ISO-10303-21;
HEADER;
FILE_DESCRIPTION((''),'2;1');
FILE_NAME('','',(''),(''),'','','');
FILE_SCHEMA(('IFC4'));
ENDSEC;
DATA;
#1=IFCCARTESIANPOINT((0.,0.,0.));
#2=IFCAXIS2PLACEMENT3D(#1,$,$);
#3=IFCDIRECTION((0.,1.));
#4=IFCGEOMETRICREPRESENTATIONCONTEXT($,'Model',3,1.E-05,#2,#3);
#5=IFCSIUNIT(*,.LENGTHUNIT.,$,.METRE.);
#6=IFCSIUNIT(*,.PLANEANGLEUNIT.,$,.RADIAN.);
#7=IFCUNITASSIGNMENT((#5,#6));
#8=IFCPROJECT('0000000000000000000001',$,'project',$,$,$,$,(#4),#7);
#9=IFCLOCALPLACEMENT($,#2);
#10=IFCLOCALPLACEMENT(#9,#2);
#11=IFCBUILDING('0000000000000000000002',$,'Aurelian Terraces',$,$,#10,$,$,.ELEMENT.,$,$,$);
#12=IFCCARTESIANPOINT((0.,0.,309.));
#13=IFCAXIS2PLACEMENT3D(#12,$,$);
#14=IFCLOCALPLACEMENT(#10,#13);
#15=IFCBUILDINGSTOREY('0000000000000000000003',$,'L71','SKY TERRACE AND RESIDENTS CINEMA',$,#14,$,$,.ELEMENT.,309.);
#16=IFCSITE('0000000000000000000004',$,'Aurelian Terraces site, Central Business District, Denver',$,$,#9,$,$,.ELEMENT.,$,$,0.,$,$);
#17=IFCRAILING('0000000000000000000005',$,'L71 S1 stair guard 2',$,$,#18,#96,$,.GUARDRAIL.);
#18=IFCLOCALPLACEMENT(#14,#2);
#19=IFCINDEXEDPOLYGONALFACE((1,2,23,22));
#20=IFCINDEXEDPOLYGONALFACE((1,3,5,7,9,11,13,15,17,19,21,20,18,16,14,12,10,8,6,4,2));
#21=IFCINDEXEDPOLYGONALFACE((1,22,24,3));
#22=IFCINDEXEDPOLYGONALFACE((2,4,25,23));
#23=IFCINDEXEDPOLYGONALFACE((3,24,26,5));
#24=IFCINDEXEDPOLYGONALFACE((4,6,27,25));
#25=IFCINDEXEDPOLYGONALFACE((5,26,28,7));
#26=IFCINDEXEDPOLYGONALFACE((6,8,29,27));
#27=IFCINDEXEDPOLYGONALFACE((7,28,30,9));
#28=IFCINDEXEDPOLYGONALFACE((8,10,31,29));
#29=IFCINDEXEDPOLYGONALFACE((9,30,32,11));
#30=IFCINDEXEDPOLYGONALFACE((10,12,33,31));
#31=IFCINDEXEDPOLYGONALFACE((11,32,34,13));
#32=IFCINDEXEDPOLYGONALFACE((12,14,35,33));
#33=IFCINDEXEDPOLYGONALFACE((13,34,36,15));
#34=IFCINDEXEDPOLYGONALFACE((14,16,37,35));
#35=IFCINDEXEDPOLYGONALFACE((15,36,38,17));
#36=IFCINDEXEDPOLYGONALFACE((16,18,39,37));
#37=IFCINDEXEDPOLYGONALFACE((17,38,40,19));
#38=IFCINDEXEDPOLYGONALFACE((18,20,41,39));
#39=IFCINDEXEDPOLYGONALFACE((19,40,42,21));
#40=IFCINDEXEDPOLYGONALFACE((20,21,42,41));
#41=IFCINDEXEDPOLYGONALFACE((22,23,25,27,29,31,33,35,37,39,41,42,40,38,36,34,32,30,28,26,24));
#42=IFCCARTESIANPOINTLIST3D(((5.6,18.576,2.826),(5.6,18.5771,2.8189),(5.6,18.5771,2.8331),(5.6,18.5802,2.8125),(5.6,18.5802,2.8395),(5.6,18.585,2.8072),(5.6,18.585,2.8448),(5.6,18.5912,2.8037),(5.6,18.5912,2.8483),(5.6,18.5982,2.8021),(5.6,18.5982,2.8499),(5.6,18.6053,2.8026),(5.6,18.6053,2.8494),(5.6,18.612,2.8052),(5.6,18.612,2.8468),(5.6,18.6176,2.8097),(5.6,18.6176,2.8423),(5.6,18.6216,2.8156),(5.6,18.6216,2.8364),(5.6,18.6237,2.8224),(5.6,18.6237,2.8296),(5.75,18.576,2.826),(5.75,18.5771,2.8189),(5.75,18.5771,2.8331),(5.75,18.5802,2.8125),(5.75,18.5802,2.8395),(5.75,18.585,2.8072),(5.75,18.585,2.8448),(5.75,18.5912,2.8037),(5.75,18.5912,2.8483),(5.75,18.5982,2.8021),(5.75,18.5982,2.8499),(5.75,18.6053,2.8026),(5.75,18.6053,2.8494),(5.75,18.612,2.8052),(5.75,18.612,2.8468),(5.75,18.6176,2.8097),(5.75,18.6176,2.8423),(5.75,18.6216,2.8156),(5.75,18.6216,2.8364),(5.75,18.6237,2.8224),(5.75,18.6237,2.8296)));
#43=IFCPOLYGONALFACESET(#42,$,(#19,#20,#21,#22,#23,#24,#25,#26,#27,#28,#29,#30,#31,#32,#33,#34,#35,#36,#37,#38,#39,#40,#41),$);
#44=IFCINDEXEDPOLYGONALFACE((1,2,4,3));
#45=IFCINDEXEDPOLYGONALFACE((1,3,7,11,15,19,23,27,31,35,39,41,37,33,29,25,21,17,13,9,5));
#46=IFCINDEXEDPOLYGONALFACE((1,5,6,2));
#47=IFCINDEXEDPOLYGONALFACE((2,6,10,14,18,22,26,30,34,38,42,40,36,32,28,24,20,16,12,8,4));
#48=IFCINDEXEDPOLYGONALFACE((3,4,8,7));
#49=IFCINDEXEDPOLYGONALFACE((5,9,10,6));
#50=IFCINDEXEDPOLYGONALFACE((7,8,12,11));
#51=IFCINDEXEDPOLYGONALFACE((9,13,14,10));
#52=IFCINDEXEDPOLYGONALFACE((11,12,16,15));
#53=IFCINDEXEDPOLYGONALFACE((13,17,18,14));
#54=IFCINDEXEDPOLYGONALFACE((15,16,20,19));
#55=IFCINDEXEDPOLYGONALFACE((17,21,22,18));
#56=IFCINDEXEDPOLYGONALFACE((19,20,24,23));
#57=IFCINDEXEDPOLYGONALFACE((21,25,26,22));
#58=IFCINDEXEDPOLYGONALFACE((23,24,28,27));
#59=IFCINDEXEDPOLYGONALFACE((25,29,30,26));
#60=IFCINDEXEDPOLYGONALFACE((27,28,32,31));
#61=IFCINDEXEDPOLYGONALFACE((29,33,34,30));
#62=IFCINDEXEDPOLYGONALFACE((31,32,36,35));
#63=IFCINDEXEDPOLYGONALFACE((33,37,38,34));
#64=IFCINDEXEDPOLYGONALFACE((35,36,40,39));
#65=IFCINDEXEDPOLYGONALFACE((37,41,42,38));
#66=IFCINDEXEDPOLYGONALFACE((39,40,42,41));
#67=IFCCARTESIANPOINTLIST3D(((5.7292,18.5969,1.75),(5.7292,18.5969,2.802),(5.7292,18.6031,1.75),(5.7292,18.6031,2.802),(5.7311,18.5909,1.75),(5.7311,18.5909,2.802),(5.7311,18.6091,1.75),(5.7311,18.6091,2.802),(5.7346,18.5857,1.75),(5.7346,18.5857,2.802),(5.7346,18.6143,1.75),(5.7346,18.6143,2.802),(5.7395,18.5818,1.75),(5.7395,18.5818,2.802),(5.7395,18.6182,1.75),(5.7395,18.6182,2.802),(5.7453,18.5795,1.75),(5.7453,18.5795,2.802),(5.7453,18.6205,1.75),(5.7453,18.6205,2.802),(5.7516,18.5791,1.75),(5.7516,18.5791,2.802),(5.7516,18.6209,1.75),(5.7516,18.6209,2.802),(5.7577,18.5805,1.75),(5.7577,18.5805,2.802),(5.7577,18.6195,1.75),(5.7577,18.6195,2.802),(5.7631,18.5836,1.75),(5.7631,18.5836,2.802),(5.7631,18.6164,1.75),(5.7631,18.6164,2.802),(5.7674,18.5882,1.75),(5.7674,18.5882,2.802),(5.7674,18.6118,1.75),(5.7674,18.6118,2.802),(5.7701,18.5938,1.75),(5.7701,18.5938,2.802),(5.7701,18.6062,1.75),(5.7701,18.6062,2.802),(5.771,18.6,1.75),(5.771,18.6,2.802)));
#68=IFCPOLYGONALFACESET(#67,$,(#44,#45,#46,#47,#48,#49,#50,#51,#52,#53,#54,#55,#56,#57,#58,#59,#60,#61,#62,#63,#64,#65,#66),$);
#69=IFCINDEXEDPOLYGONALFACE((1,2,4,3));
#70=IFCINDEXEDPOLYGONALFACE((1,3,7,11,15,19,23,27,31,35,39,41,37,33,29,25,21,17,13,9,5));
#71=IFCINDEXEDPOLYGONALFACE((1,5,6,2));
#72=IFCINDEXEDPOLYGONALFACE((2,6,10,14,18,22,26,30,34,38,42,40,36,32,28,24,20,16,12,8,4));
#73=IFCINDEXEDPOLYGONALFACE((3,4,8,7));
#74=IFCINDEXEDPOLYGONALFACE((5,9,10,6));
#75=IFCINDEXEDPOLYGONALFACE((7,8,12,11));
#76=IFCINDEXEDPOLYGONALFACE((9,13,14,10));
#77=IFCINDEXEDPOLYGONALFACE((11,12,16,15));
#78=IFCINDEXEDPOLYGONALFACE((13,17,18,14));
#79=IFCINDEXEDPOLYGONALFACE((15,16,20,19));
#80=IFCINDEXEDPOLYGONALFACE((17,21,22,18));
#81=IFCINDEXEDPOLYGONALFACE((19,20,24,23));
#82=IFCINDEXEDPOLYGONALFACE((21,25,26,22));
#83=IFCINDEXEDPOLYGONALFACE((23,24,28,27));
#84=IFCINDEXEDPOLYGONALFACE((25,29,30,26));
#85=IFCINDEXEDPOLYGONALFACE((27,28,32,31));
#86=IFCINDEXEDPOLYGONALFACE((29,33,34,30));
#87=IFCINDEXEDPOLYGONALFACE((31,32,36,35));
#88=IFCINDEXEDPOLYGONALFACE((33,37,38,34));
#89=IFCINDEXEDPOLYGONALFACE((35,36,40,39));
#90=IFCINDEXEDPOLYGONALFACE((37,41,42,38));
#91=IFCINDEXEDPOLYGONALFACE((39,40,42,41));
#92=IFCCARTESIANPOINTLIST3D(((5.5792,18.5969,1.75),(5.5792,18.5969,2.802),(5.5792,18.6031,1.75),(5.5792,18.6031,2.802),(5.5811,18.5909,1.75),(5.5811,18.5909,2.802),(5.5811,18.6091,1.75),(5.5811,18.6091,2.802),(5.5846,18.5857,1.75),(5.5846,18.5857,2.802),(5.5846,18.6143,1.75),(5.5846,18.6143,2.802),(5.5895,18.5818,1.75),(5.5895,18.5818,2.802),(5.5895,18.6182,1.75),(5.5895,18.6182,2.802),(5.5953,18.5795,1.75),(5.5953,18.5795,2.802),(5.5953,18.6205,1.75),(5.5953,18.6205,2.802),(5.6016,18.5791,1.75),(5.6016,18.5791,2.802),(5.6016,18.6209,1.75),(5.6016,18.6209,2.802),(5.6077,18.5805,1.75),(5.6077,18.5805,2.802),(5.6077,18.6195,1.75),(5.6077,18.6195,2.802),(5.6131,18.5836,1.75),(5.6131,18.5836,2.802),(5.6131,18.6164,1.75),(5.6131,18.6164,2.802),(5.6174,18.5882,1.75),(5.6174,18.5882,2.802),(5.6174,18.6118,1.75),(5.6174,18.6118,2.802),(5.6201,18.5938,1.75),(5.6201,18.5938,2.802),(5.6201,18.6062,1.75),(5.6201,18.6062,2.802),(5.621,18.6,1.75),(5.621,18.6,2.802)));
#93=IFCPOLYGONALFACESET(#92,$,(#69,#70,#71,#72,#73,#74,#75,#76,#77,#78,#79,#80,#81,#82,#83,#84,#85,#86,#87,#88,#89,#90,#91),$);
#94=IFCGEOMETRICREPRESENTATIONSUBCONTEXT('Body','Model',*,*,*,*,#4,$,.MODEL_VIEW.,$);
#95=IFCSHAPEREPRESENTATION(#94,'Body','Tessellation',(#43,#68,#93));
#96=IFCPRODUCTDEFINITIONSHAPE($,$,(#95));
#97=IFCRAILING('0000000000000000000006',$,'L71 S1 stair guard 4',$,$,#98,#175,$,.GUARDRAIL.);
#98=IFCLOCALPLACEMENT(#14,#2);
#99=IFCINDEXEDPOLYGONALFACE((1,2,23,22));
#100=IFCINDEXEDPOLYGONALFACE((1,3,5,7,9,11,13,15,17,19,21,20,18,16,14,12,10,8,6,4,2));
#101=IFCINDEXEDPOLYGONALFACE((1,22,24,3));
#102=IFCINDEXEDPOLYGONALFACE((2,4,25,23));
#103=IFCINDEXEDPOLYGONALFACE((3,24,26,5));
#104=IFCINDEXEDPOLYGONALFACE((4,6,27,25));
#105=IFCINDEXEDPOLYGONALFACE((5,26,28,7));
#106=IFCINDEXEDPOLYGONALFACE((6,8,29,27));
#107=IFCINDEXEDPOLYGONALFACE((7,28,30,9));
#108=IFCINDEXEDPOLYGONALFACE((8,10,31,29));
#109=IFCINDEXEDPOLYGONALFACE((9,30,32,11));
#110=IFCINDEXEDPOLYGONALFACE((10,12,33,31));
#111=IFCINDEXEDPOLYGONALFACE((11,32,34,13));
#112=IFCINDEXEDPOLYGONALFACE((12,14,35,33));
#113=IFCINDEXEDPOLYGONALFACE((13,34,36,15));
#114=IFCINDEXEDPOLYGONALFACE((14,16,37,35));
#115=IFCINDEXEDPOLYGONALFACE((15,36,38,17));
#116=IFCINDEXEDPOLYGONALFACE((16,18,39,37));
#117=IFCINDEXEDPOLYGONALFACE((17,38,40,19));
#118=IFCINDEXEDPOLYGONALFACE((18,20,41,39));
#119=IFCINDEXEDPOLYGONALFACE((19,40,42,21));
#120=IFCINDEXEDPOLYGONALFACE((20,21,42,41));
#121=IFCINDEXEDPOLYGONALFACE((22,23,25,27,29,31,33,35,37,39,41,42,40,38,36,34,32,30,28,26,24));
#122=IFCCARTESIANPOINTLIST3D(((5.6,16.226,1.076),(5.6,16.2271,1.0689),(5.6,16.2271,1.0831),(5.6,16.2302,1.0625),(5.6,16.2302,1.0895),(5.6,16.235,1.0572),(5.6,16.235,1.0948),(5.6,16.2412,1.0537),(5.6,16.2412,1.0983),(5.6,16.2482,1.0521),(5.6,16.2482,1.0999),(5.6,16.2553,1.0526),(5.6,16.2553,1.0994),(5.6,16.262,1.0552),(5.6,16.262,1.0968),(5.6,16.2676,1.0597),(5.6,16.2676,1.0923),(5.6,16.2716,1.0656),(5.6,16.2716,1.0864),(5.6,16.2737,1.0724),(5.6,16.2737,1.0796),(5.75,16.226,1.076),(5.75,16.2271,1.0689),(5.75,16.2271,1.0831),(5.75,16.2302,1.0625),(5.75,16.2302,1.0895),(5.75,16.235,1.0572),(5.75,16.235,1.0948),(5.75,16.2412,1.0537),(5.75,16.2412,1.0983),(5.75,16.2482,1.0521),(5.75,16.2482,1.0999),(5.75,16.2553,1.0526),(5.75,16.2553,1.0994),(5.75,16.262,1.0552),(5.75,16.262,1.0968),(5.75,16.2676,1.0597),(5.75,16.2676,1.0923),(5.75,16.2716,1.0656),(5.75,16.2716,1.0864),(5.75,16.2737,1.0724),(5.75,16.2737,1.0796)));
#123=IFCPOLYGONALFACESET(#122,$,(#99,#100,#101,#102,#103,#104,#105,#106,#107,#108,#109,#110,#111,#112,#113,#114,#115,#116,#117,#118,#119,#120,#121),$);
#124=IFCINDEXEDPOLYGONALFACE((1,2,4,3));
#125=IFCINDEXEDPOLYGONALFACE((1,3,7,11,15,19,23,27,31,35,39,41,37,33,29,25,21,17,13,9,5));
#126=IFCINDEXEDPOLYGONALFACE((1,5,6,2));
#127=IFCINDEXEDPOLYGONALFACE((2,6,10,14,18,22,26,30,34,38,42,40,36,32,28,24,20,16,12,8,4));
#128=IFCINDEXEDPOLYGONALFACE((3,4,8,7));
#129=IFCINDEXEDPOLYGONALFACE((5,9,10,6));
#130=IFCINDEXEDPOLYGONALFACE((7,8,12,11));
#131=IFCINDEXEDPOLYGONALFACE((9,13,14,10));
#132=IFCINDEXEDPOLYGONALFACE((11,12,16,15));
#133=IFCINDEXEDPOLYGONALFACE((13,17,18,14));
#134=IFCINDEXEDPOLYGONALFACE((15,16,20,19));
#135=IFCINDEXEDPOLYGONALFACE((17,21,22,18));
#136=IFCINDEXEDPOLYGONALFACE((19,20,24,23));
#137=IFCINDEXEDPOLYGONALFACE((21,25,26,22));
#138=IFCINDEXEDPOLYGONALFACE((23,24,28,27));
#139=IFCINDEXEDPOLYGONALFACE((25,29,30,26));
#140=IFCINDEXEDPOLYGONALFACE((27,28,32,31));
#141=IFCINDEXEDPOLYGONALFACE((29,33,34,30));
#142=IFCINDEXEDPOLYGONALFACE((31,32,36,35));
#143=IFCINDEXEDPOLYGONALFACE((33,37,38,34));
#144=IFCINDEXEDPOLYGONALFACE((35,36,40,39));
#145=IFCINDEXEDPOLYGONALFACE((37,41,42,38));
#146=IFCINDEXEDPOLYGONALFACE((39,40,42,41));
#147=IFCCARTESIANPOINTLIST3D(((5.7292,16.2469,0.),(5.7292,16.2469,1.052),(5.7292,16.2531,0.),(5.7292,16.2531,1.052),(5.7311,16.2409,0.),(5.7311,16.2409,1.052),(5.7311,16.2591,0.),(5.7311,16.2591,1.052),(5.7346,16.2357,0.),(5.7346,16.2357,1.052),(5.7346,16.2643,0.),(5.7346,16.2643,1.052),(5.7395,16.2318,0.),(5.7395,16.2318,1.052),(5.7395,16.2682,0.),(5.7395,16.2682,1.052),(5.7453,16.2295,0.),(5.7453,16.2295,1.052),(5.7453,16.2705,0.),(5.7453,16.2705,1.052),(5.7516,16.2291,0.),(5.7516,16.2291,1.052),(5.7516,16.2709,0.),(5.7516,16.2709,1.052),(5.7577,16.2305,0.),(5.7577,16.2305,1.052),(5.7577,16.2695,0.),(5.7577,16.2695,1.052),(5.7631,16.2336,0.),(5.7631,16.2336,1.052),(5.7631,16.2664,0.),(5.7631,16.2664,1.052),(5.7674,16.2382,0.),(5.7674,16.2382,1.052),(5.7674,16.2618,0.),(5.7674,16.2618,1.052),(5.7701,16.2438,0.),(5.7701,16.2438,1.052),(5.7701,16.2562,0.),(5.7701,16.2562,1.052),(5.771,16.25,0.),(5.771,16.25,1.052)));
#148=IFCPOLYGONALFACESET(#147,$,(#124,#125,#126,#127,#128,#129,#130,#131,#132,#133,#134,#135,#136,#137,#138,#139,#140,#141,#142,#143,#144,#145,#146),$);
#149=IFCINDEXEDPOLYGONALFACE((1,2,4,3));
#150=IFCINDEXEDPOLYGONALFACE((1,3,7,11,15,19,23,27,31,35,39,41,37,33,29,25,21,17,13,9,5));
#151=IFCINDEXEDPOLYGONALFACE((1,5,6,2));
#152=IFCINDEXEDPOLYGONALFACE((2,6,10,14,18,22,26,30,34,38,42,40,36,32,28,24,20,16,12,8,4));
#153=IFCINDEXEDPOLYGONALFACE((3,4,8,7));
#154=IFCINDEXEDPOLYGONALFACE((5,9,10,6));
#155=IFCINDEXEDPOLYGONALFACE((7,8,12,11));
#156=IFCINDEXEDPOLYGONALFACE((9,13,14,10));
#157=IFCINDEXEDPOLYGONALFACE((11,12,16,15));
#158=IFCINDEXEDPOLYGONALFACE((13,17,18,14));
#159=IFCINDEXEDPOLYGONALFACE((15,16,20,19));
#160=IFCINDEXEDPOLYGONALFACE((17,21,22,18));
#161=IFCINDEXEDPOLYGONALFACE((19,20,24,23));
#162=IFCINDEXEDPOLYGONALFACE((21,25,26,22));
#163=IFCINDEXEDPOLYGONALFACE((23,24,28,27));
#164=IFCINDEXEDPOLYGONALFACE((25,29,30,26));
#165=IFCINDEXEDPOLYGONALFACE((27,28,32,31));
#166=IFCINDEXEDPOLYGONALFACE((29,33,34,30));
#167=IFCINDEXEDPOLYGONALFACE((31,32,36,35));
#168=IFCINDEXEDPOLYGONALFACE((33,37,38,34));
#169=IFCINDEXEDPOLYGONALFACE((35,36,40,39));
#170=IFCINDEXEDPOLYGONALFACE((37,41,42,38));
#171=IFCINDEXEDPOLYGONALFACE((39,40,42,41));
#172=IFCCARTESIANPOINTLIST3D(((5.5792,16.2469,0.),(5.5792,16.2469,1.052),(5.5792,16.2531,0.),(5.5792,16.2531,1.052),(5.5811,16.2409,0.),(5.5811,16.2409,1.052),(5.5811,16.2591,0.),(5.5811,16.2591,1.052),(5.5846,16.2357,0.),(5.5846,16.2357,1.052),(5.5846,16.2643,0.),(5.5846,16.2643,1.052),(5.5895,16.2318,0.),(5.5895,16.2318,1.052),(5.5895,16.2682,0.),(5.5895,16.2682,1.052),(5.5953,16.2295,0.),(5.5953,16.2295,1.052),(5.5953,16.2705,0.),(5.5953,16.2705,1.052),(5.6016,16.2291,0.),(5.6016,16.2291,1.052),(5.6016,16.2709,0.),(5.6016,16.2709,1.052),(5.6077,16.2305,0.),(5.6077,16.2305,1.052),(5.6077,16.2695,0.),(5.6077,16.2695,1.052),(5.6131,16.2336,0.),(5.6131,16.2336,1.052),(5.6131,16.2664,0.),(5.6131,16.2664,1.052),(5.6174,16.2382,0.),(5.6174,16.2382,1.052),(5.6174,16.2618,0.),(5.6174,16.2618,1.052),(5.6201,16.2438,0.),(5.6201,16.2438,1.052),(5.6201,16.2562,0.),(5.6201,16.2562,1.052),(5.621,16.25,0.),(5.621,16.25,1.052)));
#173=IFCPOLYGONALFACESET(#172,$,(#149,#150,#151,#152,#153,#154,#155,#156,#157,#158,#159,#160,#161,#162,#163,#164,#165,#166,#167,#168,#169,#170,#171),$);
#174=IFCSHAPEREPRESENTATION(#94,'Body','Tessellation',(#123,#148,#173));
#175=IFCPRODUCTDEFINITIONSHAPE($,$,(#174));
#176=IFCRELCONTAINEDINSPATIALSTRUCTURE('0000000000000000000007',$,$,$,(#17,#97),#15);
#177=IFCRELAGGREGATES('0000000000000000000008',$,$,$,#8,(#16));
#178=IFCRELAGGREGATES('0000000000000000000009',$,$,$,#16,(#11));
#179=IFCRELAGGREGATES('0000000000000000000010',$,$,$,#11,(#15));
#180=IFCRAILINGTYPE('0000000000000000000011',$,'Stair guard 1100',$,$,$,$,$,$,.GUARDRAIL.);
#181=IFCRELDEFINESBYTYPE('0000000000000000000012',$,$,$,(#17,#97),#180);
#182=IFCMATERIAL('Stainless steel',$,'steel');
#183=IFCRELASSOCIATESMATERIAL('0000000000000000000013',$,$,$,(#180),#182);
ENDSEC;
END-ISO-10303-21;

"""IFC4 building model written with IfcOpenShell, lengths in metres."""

from ifc_helpers import new_model, si_unit, direction, frame, origin, origin_2d, place, context, subcontext, project, spatial, circle, extrude, source, transform, mapped, material, type_object, element, save


model = new_model("IFC4")

# Units and contexts
model_context = context("Model", 3, precision=1e-05, world=origin(), true_north=direction((0.0, 1.0)))
body_context = subcontext(model_context, "Body", "Model", "MODEL_VIEW")
ifc_project = project(units=[si_unit("LENGTHUNIT", "METRE"), si_unit("PLANEANGLEUNIT", "RADIAN")], contexts=[model_context])

# Site, building, storey
site_placement = place(None, origin())
site = spatial("IfcSite", under=ifc_project, at=site_placement, Name="Aurelian Terraces site, Central Business District, Denver", CompositionType="ELEMENT", RefElevation=0.0)
building_placement = place(site_placement, origin())
building = spatial("IfcBuilding", under=site, at=building_placement, Name="Aurelian Terraces", CompositionType="ELEMENT")
storey_placement = place(building_placement, frame((0.0, 0.0, 309.0)))
storey = spatial("IfcBuildingStorey", under=building, at=storey_placement, Name="L71", Description="SKY TERRACE AND RESIDENTS CINEMA", CompositionType="ELEMENT", Elevation=309.0)

# Shared definitions
ifc_material_1 = material(Name="Stainless steel", Category="steel")

# Railings
railing_type_1 = type_object("IfcRailingType", Name="Stair guard 1100", PredefinedType="GUARDRAIL", material=ifc_material_1)
shared_shape_1 = source(origin(), body_context, "Body", "SweptSolid", [
    extrude(circle(Radius=0.024, at=origin_2d()), frame((0.0, 0.0, 1.076), z_axis=(-1.0, 0.0, 0.0), x_axis=(0.0, -1.0, 0.0)), (0.0, 0.0, 1.0), 0.15),
    extrude(circle(Radius=0.021, at=origin_2d()), origin(), (0.0, 0.0, 1.0), 1.052),
    extrude(circle(Radius=0.021, at=origin_2d()), frame((-0.15, 0.0, 0.0)), (0.0, 0.0, 1.0), 1.052),
])
for number, where, name in (
    (1, (5.75, 18.6, 1.75), "L71 S1 stair guard 2"),
    (2, (5.75, 16.25, 0.0), "L71 S1 stair guard 4"),
):
    element("IfcRailing", number, at=place(storey_placement, frame(where)), inside=storey, type_object=railing_type_1, Name=name, PredefinedType="GUARDRAIL", context=body_context, shape_type="MappedRepresentation", body=[
        mapped(shared_shape_1, transform((0.0, 0.0, 0.0), scale=1.0)),
    ])

save(model, "model.ifc")
